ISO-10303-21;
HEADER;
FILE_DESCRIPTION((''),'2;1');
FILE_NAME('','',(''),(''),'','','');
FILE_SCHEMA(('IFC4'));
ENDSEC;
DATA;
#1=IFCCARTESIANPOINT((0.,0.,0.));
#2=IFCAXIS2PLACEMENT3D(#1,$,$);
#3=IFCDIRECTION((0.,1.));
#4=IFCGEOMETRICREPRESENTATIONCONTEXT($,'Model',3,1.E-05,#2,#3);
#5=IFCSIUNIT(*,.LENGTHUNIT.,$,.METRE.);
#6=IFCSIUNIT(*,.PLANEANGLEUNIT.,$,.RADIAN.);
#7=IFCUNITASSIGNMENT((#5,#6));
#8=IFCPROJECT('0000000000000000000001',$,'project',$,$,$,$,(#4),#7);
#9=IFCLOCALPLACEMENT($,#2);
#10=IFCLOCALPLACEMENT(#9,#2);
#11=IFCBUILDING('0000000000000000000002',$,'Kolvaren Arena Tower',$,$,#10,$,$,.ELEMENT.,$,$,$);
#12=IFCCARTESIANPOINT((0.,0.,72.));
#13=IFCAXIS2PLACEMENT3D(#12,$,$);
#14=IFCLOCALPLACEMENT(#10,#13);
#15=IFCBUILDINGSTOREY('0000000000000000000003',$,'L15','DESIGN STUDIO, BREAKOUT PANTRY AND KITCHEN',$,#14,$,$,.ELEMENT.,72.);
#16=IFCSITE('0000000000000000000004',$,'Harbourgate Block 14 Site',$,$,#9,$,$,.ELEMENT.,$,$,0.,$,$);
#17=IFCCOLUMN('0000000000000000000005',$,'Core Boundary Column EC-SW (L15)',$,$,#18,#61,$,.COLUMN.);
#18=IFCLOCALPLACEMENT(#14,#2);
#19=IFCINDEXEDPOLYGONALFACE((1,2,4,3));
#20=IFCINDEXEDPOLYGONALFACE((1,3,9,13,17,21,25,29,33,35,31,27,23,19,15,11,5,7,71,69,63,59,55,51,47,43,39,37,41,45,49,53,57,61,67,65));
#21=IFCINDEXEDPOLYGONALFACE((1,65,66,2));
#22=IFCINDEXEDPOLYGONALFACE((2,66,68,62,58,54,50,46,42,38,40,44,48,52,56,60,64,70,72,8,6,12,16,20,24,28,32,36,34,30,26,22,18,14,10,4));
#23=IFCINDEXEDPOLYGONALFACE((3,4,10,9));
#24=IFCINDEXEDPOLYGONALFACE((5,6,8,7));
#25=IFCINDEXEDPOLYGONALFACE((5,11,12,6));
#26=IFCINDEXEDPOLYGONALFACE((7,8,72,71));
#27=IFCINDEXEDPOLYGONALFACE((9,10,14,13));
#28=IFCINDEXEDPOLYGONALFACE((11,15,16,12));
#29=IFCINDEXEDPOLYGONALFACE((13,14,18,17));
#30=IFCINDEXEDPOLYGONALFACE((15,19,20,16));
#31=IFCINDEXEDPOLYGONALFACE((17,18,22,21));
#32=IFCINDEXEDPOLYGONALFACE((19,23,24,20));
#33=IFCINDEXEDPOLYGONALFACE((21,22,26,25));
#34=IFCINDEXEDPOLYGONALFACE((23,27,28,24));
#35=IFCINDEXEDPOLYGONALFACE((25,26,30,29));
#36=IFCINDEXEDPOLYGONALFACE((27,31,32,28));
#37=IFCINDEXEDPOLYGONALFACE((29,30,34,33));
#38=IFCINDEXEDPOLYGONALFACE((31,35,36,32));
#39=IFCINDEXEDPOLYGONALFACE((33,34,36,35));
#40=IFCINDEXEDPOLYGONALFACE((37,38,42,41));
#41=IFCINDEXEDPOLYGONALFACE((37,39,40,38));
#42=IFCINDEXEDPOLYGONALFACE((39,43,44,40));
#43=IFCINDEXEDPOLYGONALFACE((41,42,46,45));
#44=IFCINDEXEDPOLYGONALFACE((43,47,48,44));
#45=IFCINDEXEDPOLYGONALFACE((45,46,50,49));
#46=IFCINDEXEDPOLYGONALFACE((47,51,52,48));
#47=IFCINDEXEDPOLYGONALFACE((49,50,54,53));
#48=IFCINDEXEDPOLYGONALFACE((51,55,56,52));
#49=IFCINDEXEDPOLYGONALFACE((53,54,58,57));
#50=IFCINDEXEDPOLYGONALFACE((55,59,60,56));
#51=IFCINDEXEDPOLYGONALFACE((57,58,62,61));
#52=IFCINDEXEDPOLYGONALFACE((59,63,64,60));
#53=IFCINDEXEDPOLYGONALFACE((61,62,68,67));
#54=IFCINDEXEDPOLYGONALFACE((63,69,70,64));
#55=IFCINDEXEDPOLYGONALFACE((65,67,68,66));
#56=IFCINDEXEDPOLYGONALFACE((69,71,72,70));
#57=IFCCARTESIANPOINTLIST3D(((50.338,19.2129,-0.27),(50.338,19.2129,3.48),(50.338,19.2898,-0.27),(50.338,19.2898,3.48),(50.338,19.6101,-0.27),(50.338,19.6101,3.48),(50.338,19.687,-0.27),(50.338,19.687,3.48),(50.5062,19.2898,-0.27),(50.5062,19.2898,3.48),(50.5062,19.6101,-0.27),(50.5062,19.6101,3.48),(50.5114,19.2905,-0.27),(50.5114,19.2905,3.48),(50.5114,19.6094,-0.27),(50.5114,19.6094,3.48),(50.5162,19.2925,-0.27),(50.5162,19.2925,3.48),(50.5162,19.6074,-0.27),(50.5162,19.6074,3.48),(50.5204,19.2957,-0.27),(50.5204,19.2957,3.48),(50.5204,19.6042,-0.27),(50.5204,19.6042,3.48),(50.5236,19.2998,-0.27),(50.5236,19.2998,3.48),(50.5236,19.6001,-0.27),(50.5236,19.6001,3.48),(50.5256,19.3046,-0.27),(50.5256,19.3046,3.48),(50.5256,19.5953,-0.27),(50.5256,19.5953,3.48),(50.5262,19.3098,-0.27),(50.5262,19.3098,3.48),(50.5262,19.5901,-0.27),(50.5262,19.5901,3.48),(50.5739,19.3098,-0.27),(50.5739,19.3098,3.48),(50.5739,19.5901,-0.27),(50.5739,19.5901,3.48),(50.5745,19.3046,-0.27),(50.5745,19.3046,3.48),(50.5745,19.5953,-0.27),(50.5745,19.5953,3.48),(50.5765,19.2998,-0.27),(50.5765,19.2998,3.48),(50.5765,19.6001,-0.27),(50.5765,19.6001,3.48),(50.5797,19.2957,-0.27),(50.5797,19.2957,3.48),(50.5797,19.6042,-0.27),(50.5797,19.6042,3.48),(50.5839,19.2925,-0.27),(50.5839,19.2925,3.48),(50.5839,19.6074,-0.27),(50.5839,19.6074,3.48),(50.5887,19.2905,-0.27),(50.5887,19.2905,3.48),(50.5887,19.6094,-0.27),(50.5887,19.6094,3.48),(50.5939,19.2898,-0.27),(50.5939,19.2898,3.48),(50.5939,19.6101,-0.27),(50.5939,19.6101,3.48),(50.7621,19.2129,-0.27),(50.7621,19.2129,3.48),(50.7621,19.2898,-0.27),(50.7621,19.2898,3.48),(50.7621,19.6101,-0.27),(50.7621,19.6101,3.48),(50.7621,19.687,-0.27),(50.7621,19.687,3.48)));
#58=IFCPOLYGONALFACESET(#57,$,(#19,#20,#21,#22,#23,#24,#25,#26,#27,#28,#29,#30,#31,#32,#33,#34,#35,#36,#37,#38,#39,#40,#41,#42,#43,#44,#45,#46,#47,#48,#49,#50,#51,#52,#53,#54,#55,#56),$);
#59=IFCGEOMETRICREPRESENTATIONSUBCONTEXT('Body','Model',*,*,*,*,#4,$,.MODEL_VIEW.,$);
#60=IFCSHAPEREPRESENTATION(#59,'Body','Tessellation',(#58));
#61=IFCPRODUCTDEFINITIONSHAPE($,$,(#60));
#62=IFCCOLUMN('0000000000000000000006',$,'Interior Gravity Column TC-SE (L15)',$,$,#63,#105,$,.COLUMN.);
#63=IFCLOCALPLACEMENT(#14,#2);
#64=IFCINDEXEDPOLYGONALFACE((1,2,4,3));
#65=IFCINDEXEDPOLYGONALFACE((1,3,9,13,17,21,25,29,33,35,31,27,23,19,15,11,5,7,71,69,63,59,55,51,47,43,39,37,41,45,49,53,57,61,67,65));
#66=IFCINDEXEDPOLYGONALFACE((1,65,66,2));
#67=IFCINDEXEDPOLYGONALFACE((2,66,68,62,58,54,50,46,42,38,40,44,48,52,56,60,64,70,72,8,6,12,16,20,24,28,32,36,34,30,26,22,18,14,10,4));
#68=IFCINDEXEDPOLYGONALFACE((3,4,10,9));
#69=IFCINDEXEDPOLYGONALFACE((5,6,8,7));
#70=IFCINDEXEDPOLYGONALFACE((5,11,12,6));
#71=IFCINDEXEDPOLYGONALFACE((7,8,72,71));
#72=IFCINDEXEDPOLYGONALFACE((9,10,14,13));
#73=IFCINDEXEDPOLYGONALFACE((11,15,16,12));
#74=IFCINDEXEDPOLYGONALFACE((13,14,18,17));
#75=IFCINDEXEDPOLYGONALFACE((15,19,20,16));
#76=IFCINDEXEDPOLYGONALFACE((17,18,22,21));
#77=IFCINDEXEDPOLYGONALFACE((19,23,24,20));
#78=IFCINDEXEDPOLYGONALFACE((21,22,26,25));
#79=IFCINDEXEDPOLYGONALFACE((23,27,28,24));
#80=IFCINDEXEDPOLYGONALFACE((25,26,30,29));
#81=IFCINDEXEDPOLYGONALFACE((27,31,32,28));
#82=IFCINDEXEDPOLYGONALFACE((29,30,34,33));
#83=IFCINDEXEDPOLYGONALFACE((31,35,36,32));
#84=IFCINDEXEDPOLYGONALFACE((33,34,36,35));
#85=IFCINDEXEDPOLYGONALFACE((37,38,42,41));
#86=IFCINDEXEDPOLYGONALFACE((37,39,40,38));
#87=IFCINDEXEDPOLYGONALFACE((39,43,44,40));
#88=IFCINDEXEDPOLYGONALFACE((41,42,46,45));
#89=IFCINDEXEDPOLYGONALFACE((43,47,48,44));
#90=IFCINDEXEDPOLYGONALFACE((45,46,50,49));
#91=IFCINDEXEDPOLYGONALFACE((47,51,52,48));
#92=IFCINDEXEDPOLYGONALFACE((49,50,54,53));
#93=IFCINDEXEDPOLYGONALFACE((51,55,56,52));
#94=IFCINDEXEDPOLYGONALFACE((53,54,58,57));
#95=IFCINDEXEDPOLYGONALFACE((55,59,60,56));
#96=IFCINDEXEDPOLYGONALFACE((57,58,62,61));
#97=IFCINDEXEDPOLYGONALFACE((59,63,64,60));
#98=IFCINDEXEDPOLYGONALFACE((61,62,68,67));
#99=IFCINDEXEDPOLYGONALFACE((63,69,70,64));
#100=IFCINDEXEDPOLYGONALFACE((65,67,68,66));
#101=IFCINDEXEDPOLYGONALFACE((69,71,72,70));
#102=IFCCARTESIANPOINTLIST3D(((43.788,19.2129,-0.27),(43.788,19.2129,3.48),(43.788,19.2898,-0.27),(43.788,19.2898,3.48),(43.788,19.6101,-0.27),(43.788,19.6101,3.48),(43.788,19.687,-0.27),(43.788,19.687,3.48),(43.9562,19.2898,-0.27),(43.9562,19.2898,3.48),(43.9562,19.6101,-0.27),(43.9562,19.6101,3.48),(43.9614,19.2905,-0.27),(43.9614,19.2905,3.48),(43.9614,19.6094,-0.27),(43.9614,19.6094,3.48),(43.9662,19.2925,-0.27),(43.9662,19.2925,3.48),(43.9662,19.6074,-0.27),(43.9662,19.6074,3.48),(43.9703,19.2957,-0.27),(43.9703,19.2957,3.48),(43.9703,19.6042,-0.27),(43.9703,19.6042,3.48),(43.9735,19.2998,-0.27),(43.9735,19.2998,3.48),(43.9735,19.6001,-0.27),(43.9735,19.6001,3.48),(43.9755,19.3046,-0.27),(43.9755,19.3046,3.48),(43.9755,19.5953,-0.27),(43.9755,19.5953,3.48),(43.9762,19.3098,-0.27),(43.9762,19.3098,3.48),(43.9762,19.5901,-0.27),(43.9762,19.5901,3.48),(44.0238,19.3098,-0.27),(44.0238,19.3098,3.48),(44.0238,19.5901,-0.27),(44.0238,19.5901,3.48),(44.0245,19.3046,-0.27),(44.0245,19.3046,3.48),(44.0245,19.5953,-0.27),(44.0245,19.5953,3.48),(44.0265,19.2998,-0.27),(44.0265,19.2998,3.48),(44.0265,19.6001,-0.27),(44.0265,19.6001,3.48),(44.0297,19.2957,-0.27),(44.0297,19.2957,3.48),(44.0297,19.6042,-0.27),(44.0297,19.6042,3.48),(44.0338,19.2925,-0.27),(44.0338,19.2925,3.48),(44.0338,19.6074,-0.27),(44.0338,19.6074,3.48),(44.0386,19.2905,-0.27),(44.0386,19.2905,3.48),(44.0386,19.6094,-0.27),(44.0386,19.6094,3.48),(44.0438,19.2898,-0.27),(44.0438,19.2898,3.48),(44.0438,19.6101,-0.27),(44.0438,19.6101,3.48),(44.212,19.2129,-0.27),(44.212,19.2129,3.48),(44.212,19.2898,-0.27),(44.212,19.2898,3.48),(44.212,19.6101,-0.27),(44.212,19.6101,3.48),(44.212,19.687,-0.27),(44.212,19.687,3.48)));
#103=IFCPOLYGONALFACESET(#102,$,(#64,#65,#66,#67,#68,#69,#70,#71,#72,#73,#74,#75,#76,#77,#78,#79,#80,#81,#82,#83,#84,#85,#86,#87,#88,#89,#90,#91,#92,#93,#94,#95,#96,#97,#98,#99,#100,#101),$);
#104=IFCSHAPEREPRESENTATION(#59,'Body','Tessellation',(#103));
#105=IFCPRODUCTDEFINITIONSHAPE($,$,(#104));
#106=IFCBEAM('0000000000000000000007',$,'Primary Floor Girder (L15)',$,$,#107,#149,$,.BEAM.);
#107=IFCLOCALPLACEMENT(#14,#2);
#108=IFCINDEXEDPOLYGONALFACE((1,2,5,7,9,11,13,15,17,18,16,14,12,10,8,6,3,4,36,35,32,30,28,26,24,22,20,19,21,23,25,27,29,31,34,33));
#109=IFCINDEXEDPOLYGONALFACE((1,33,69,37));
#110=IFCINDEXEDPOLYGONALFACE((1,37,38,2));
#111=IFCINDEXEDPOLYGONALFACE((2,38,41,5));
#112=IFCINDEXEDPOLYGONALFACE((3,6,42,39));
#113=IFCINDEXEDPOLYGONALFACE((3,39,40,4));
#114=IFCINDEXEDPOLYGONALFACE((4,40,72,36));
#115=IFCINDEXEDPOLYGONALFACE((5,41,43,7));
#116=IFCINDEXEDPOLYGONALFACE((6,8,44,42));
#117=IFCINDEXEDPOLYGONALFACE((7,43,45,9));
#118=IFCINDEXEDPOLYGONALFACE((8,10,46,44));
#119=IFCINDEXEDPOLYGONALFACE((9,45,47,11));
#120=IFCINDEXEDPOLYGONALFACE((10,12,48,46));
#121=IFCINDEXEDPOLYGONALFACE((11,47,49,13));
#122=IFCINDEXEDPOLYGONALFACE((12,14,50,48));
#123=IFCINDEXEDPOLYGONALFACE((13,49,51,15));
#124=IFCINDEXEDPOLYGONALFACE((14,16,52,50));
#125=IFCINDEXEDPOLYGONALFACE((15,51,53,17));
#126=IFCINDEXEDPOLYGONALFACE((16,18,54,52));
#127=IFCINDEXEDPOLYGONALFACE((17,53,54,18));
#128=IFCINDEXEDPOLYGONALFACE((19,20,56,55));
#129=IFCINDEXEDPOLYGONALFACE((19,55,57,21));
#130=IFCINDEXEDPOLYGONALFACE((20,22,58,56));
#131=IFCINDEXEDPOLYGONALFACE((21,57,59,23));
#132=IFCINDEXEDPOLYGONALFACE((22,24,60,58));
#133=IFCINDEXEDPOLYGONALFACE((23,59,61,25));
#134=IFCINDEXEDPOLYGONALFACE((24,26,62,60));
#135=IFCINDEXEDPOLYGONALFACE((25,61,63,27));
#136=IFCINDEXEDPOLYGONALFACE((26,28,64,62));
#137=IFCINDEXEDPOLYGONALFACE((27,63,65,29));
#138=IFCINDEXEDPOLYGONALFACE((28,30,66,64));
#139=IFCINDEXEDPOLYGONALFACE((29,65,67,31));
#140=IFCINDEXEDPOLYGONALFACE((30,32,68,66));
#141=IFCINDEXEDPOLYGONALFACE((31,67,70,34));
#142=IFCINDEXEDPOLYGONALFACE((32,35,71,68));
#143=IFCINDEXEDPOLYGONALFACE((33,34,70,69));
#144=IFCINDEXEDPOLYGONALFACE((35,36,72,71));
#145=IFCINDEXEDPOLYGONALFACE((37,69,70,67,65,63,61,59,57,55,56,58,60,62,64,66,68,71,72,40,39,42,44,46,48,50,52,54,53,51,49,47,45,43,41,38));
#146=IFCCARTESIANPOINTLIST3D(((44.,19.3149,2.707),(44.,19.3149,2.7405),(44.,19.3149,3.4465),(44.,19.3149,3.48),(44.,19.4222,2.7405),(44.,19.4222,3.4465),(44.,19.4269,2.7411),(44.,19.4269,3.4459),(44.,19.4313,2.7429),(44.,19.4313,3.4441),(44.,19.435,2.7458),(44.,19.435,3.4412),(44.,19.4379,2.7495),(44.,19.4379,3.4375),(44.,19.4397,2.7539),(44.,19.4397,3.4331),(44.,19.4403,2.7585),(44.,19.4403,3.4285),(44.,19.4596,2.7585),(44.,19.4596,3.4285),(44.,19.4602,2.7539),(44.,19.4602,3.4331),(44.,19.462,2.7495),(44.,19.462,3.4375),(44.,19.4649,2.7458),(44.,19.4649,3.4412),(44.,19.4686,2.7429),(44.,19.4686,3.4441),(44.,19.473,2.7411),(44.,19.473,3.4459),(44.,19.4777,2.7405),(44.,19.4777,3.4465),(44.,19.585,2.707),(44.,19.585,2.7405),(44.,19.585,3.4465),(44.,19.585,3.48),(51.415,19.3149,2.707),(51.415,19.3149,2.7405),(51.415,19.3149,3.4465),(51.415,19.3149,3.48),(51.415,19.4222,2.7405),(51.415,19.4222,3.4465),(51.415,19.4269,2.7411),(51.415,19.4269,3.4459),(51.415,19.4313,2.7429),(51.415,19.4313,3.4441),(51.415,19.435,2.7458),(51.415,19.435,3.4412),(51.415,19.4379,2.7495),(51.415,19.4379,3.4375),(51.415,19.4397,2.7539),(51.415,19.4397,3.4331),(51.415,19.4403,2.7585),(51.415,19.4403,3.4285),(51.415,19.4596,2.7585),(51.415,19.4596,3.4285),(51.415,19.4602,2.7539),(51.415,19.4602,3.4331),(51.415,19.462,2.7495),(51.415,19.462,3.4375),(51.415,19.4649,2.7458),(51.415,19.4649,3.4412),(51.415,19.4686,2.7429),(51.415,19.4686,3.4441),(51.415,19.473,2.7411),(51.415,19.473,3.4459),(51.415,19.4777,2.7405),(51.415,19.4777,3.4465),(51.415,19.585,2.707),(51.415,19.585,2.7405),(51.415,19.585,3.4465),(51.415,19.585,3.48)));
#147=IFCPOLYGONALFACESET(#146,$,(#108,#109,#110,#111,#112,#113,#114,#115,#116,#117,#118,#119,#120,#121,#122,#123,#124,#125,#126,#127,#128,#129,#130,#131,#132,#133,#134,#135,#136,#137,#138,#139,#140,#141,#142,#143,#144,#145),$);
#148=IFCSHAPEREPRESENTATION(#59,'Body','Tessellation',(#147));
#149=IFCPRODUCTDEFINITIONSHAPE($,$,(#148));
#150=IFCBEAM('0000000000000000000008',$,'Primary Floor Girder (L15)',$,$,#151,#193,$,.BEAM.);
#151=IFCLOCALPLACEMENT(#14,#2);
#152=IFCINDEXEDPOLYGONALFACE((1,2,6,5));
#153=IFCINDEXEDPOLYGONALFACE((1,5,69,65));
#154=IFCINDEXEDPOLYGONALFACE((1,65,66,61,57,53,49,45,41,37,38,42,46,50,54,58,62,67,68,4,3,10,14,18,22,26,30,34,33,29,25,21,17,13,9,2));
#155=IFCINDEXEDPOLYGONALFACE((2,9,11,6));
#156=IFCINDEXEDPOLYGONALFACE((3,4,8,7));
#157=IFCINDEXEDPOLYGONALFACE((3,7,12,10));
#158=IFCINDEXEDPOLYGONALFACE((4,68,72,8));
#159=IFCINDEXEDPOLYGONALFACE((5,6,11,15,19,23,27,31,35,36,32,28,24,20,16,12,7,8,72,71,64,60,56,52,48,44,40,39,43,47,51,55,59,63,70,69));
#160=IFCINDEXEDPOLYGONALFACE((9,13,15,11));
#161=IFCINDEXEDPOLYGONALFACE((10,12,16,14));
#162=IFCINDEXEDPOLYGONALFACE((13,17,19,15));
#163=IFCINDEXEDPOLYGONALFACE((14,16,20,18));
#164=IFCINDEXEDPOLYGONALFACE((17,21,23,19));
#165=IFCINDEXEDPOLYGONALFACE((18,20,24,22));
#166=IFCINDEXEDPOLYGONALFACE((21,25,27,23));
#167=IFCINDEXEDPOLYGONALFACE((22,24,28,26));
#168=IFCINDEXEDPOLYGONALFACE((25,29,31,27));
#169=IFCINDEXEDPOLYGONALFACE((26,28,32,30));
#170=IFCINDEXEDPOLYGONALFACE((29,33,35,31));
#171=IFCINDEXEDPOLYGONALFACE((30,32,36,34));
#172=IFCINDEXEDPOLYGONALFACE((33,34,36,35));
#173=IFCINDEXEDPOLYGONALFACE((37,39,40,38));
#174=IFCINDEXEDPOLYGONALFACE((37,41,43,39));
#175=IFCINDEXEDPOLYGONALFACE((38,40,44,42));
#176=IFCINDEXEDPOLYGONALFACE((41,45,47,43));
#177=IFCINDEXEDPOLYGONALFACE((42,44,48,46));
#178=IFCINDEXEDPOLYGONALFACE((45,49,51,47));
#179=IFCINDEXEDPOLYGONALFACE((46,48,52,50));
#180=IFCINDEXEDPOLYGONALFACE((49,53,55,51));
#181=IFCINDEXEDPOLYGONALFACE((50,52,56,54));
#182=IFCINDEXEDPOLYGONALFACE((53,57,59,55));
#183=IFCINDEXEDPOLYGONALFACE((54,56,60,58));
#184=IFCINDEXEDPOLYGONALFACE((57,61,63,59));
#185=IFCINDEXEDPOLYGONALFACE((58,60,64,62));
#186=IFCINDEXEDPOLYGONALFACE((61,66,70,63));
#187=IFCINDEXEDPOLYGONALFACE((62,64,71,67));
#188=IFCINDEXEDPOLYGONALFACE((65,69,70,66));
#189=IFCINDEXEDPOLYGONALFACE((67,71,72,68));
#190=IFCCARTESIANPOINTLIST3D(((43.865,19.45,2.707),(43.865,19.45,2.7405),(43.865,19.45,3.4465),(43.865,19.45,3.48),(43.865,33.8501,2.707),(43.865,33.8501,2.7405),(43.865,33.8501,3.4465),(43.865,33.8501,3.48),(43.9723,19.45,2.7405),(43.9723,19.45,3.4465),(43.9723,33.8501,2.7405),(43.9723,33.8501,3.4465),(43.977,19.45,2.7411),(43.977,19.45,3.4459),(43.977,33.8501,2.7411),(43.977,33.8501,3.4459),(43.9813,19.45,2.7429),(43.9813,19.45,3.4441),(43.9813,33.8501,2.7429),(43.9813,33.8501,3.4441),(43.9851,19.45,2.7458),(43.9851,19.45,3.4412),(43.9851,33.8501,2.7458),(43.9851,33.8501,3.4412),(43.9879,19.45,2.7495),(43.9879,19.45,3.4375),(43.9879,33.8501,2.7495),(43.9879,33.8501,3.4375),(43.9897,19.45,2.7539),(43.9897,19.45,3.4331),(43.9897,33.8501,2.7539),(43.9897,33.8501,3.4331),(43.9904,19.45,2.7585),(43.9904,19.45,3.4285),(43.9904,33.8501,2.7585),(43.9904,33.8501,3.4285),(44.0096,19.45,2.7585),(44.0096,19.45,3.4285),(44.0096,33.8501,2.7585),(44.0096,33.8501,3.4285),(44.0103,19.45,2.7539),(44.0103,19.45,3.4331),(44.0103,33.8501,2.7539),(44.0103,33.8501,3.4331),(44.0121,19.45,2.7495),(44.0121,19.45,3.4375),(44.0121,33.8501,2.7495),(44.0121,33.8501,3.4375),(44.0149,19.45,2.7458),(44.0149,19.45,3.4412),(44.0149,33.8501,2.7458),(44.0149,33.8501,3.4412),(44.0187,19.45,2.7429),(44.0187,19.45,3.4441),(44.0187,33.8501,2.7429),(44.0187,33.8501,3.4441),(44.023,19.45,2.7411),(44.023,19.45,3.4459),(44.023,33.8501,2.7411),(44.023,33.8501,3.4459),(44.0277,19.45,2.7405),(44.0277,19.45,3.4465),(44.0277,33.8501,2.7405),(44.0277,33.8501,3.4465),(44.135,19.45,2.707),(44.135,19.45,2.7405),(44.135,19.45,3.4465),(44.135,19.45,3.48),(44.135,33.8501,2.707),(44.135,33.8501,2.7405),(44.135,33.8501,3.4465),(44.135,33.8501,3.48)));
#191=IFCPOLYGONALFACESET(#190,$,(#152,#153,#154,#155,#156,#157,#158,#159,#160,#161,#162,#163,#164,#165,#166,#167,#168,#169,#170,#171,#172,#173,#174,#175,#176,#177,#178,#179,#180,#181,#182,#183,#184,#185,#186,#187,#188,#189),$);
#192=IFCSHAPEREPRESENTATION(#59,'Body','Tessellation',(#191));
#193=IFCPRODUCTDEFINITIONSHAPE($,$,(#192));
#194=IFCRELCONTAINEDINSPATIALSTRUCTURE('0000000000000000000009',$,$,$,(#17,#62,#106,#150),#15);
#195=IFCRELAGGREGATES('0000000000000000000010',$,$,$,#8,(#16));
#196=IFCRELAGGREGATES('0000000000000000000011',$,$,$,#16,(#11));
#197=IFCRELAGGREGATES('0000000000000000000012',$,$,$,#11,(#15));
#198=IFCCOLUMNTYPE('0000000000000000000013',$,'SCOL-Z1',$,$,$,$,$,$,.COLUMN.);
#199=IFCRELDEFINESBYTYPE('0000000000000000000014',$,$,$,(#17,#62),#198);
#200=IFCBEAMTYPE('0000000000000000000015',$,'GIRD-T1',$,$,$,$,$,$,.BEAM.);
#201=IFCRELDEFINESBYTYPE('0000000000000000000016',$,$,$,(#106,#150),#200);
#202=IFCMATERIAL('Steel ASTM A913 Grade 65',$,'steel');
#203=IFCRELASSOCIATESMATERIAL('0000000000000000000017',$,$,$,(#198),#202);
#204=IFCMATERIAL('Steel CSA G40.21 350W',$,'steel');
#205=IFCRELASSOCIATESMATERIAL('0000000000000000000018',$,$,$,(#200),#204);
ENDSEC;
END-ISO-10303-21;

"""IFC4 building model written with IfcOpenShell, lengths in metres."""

from ifc_helpers import new_model, si_unit, direction, frame, origin, origin_2d, place, context, subcontext, project, spatial, i_section, extrude, material, material_profile, profile_set, type_object, element, save


model = new_model("IFC4")

# Units and contexts
model_context = context("Model", 3, precision=1e-05, world=origin(), true_north=direction((0.0, 1.0)))
body_context = subcontext(model_context, "Body", "Model", "MODEL_VIEW")
ifc_project = project(units=[si_unit("LENGTHUNIT", "METRE"), si_unit("PLANEANGLEUNIT", "RADIAN")], contexts=[model_context])

# Site, building, storey
site_placement = place(None, origin())
site = spatial("IfcSite", under=ifc_project, at=site_placement, Name="Harbourgate Block 14 Site", CompositionType="ELEMENT", RefElevation=0.0)
building_placement = place(site_placement, origin())
building = spatial("IfcBuilding", under=site, at=building_placement, Name="Kolvaren Arena Tower", CompositionType="ELEMENT")
storey_placement = place(building_placement, frame((0.0, 0.0, 72.0)))
storey = spatial("IfcBuildingStorey", under=building, at=storey_placement, Name="L15", Description="DESIGN STUDIO, BREAKOUT PANTRY AND KITCHEN", CompositionType="ELEMENT", Elevation=72.0)

# Columns
ifc_material_1 = material(Name="Steel ASTM A913 Grade 65", Category="steel")
ifc_material_profile_1 = material_profile(ifc_material_1, i_section(OverallWidth=0.4241, OverallDepth=0.4741, WebThickness=0.0476, FlangeThickness=0.0769, FilletRadius=0.02, at=origin_2d()), Name="W360x634")
ifc_profile_set_1 = profile_set([ifc_material_profile_1], Name="Steel ASTM A913 Grade 65")
column_type = type_object("IfcColumnType", Name="SCOL-Z1", PredefinedType="COLUMN", material=ifc_profile_set_1)
for number, where, z_axis, x_axis, name in (
    (1, (50.55, 19.45, -0.27), (0.0, 0.0, 1.0), (1.0, 0.0, 0.0), "Core Boundary Column EC-SW (L15)"),
    (2, (44.0, 19.45, -0.27), (0.0, 0.0, 1.0), (1.0, 0.0, 0.0), "Interior Gravity Column TC-SE (L15)"),
):
    element("IfcColumn", number, at=place(storey_placement, frame(where, z_axis=z_axis, x_axis=x_axis)), inside=storey, type_object=column_type, Name=name, PredefinedType="COLUMN", context=body_context, shape_type="SweptSolid", body=[
        extrude(i_section(OverallWidth=0.4241, OverallDepth=0.4741, WebThickness=0.0476, FlangeThickness=0.0769, FilletRadius=0.02, at=origin_2d()), origin(), (0.0, 0.0, 1.0), 3.75),
    ])

# Beams
ifc_material_2 = material(Name="Steel CSA G40.21 350W", Category="steel")
ifc_material_profile_2 = material_profile(ifc_material_2, i_section(OverallWidth=0.27, OverallDepth=0.7729, WebThickness=0.0193, FlangeThickness=0.0334, FilletRadius=0.0181, at=origin_2d()), Name="W760x257")
ifc_profile_set_2 = profile_set([ifc_material_profile_2], Name="Steel CSA G40.21 350W")
beam_type_1 = type_object("IfcBeamType", Name="GIRD-T1", PredefinedType="BEAM", material=ifc_profile_set_2)
beam_1_placement = place(storey_placement, frame((44.0, 19.45, 3.0935), z_axis=(1.0, 0.0, 0.0), x_axis=(0.0, 1.0, 0.0)))
element("IfcBeam", 3, at=beam_1_placement, inside=storey, type_object=beam_type_1, Name="Primary Floor Girder (L15)", PredefinedType="BEAM", context=body_context, shape_type="SweptSolid", body=[
    extrude(i_section(OverallWidth=0.27, OverallDepth=0.7729, WebThickness=0.0193, FlangeThickness=0.0334, FilletRadius=0.0181, at=origin_2d()), origin(), (0.0, 0.0, 1.0), 7.415),
])
beam_2_placement = place(storey_placement, frame((44.0, 19.45, 3.0935), z_axis=(0.0, 1.0, 0.0), x_axis=(-1.0, 0.0, 0.0)))
element("IfcBeam", 4, at=beam_2_placement, inside=storey, type_object=beam_type_1, Name="Primary Floor Girder (L15)", PredefinedType="BEAM", context=body_context, shape_type="SweptSolid", body=[
    extrude(i_section(OverallWidth=0.27, OverallDepth=0.7729, WebThickness=0.0193, FlangeThickness=0.0334, FilletRadius=0.0181, at=origin_2d()), origin(), (0.0, 0.0, 1.0), 14.4001),
])

save(model, "model.ifc")
